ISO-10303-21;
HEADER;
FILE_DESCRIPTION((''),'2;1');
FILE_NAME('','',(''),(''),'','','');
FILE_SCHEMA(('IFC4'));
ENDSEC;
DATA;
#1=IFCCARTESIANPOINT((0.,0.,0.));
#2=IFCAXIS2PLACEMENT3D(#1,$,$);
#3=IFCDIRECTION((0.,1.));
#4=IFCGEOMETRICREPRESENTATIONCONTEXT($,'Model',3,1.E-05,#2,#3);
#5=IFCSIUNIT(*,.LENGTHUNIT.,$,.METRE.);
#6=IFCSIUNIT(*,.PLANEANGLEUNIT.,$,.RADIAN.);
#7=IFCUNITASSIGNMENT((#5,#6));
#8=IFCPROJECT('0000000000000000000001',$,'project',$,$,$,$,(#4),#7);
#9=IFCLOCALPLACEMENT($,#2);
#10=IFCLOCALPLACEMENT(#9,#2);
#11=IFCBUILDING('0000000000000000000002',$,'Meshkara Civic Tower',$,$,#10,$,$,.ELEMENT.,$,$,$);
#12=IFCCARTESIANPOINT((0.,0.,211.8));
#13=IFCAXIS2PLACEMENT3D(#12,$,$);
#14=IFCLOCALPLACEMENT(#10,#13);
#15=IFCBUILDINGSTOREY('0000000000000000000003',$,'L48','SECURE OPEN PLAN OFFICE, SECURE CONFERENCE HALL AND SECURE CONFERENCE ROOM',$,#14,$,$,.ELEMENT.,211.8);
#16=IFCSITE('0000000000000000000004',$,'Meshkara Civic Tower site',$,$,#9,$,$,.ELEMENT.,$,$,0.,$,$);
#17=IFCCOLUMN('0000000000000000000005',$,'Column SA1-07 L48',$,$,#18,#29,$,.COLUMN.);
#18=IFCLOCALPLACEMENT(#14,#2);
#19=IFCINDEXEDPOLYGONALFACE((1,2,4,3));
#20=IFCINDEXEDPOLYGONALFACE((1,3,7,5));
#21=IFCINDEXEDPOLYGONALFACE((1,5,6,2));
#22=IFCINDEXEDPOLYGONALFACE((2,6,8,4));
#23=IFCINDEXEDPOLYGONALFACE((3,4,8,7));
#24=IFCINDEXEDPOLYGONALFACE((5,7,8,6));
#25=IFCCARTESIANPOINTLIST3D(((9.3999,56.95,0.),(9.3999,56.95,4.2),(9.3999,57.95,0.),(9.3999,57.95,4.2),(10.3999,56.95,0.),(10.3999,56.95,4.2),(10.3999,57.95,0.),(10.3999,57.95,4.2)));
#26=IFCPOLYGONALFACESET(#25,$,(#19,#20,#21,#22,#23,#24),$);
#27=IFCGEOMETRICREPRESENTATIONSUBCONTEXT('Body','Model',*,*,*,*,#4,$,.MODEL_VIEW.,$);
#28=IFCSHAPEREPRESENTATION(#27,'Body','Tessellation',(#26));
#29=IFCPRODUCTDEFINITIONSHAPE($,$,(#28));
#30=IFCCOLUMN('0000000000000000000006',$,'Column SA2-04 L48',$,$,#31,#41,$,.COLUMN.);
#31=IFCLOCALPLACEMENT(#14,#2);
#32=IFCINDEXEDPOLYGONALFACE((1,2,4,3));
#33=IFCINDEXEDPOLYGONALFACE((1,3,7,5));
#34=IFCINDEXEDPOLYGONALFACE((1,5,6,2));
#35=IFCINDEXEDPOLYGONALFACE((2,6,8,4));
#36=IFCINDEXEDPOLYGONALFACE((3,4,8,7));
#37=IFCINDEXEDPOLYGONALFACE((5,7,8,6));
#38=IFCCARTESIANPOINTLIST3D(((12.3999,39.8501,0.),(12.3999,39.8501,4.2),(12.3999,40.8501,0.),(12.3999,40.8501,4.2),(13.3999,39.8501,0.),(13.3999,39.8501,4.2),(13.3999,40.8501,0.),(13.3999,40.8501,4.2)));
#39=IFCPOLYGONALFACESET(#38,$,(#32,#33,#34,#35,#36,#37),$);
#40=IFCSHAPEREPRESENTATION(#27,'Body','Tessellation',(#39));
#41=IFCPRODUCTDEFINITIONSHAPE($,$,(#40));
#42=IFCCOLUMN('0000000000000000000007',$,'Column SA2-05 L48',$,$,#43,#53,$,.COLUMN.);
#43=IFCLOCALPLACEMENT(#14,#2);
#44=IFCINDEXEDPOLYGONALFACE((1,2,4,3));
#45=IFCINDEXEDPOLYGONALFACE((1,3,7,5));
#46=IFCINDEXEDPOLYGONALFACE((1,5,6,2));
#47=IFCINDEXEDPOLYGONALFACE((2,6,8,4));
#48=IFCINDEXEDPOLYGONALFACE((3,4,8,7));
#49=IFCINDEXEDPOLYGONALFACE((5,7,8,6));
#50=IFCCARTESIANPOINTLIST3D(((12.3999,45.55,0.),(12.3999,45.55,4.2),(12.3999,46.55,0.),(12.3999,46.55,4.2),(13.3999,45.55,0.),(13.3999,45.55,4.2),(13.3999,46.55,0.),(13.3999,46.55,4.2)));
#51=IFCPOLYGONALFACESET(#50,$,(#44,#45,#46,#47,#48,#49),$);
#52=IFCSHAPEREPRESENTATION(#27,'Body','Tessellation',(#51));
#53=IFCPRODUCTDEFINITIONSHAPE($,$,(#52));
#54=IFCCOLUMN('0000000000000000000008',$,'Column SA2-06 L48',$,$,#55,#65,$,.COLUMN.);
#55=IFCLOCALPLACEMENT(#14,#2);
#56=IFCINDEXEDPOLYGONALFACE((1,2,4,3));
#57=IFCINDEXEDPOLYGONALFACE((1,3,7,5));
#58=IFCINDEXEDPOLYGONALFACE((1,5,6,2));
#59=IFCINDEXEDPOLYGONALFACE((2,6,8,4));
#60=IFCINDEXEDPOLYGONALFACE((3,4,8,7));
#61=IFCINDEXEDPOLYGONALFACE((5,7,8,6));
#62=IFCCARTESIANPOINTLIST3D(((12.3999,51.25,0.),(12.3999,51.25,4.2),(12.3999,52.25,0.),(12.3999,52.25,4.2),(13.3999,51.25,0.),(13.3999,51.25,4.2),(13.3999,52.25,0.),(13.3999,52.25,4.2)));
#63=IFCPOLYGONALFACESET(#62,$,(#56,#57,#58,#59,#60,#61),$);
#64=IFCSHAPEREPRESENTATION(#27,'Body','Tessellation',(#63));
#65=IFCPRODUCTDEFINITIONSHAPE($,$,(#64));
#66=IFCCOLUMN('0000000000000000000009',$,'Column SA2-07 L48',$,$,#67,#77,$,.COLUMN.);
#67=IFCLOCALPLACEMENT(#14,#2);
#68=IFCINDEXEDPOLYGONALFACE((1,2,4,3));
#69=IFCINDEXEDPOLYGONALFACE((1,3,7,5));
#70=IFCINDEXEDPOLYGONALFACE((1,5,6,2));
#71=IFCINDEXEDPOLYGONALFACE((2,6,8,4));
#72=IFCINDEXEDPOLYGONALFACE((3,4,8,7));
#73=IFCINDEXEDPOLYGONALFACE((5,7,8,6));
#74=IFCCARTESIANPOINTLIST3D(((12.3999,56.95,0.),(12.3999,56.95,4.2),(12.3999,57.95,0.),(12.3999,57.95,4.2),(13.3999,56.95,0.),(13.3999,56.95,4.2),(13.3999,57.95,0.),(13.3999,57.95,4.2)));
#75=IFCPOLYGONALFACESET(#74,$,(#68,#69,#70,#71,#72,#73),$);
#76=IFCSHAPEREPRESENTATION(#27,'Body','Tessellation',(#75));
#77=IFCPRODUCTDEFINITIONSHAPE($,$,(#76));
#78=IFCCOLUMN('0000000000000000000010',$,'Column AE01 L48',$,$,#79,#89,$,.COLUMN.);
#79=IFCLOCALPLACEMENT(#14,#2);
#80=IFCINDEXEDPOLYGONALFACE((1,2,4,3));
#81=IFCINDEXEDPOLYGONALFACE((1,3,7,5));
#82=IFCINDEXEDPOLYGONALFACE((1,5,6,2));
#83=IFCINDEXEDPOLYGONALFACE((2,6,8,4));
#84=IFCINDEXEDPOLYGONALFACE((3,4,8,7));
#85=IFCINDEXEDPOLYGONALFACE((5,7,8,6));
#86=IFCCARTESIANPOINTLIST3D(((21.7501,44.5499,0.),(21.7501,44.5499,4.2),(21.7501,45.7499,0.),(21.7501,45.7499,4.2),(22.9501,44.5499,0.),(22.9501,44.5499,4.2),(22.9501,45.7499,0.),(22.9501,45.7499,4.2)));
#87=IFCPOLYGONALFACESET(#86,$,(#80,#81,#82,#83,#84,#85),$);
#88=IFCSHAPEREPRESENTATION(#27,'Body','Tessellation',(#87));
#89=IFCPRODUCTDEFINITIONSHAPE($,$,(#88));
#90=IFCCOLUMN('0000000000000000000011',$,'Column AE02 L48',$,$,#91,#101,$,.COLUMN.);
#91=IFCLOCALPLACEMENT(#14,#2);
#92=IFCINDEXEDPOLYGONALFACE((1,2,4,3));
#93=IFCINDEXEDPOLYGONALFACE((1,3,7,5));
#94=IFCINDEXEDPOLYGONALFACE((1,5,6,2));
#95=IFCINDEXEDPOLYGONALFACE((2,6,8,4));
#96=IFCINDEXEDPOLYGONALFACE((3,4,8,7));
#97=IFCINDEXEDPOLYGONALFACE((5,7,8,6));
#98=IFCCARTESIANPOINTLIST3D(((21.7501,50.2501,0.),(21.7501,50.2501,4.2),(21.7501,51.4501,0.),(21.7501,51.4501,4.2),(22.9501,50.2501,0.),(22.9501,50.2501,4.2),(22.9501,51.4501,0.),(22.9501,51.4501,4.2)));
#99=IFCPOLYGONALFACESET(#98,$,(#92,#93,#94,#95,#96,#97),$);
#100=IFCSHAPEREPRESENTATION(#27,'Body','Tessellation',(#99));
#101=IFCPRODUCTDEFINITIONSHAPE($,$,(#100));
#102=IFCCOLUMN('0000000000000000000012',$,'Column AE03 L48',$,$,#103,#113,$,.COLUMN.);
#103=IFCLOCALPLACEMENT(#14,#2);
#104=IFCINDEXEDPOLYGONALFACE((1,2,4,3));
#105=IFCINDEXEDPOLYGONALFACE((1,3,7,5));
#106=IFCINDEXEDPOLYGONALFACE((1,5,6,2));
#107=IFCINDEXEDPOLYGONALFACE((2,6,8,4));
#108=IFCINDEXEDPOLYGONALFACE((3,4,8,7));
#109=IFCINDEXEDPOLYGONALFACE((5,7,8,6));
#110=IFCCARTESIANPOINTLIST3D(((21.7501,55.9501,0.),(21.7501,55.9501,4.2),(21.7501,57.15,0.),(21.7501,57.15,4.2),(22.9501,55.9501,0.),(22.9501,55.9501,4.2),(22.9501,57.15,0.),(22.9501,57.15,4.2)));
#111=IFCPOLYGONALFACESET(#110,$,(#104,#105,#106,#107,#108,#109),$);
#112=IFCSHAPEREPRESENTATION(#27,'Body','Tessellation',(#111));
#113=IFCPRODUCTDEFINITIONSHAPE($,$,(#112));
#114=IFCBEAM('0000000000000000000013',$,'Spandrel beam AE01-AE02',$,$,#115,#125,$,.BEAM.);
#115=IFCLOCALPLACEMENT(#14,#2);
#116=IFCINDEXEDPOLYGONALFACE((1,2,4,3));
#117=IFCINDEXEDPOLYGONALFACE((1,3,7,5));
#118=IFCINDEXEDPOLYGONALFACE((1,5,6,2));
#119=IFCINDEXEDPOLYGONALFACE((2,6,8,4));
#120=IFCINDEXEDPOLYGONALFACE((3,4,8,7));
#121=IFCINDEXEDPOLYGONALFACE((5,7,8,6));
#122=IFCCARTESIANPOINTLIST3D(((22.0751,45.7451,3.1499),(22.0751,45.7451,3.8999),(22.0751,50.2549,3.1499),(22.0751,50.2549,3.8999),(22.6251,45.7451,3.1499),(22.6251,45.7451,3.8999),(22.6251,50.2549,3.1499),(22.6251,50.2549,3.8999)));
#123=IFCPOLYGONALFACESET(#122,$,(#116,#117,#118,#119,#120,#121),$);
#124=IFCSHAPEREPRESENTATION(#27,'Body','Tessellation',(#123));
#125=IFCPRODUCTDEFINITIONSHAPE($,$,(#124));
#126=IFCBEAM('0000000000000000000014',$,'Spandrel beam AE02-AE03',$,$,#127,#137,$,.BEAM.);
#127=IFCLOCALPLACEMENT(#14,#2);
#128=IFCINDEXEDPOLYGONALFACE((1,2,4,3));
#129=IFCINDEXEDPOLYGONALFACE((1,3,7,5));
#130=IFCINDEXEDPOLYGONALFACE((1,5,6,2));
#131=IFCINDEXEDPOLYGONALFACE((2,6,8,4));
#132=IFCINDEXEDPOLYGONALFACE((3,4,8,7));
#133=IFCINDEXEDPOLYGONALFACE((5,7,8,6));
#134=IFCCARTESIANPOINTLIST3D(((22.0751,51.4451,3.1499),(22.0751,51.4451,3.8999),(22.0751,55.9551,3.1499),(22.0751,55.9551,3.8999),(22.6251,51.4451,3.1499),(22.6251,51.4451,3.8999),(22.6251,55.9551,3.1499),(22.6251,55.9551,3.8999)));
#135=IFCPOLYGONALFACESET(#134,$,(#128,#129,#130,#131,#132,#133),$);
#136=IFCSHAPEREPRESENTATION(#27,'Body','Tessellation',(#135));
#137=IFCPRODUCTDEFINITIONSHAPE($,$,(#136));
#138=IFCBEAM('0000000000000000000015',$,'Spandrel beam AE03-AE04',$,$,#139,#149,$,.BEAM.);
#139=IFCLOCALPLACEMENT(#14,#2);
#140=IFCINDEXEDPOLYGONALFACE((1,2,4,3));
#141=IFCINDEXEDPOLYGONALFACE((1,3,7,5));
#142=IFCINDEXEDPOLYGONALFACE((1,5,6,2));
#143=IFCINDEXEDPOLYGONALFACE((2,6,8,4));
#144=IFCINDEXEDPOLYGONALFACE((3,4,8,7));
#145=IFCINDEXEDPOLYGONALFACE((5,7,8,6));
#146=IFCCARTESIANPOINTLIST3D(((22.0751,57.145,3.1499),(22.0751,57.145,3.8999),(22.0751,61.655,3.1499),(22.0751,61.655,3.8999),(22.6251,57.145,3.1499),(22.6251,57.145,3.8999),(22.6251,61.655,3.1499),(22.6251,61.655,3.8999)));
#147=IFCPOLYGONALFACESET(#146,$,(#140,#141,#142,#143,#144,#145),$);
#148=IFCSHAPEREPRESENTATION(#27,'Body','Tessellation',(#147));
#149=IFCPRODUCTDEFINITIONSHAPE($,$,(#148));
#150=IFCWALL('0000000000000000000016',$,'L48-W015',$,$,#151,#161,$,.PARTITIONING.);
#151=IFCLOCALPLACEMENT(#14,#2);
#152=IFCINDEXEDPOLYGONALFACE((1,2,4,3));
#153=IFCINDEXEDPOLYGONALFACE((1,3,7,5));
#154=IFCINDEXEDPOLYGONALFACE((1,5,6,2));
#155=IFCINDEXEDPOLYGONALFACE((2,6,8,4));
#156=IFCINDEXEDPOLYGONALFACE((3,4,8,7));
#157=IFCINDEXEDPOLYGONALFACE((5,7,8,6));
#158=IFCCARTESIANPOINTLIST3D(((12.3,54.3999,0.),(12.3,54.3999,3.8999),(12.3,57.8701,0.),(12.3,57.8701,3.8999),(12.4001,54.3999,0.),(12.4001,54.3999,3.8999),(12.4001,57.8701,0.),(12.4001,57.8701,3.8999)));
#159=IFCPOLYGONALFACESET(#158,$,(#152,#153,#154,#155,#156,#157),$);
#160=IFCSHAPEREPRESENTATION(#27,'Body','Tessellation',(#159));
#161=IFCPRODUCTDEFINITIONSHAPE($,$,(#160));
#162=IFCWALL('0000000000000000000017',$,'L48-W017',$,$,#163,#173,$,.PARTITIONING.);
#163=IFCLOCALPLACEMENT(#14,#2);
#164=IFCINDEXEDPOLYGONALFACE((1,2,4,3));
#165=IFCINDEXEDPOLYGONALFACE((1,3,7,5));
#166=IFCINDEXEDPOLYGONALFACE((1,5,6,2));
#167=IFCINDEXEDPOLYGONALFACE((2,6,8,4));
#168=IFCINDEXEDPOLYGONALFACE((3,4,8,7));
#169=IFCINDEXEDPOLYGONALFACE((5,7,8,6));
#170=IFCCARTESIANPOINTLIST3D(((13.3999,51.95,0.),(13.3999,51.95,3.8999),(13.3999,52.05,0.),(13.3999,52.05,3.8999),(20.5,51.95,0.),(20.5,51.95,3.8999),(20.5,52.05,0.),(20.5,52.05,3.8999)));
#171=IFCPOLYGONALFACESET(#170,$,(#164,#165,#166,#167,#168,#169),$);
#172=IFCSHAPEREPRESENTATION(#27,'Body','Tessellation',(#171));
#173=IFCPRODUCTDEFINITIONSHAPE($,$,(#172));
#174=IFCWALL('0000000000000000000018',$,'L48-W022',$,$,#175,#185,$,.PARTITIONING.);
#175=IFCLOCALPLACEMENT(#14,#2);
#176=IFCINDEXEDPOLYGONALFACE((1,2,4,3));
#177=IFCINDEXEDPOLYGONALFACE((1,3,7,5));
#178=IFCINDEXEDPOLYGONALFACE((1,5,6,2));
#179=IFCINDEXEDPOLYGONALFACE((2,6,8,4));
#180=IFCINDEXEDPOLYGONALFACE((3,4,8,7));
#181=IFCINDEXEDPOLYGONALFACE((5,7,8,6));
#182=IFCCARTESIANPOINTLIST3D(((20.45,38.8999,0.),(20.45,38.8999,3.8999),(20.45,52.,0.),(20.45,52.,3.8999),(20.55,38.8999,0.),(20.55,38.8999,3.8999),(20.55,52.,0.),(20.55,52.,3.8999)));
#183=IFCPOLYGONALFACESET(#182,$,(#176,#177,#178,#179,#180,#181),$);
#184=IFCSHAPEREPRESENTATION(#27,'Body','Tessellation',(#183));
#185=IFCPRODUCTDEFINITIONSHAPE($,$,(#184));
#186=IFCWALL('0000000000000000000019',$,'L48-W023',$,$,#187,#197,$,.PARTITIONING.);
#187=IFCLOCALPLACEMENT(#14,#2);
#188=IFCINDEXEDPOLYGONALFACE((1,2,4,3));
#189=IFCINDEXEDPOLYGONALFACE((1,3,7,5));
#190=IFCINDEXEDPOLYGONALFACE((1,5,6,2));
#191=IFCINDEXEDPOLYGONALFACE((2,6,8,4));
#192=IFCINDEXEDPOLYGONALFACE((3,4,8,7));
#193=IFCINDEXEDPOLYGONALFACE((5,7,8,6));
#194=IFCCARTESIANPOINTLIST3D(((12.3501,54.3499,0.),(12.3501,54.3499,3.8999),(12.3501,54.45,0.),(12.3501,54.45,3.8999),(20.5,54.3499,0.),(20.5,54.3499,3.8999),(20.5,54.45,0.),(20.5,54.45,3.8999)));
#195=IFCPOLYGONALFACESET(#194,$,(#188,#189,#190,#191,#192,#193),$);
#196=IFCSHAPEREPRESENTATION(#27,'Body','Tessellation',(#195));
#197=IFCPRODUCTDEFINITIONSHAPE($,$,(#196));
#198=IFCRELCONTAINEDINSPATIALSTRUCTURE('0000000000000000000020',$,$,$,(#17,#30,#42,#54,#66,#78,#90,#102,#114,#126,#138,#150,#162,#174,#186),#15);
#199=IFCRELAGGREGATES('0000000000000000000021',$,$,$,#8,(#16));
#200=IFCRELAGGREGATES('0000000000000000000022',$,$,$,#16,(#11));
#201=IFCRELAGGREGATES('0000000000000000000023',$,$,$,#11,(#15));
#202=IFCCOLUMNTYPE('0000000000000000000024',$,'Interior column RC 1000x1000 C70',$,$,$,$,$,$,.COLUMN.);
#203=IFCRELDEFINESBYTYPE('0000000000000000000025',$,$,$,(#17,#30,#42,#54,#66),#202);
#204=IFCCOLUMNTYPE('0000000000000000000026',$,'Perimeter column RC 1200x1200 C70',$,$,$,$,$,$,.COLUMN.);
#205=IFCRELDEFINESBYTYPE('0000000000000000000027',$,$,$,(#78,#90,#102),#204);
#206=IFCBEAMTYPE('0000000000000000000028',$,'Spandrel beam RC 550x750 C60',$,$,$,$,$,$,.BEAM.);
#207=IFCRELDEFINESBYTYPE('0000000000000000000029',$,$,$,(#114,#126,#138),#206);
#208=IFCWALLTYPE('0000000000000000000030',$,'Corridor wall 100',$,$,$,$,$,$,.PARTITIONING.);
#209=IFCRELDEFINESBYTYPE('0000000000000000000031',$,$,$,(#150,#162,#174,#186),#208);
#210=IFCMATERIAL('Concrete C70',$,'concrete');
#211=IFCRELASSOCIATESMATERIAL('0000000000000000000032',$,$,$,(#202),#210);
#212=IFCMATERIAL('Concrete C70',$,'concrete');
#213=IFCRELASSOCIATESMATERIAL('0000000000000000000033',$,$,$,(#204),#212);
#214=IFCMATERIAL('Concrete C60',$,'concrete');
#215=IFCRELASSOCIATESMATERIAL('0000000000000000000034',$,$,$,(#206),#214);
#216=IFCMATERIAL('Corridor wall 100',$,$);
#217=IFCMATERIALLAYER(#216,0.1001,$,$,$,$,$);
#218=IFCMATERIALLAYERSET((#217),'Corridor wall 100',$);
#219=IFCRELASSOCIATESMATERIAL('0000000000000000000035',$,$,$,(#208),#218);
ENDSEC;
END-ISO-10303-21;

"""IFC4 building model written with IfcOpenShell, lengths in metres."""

from ifc_helpers import new_model, si_unit, direction, frame, frame_2d, origin, origin_2d, place, context, subcontext, project, spatial, rectangle, extrude, material, layer, layer_set, material_profile, profile_set, type_object, element, save


model = new_model("IFC4")

# Units and contexts
model_context = context("Model", 3, precision=1e-05, world=origin(), true_north=direction((0.0, 1.0)))
body_context = subcontext(model_context, "Body", "Model", "MODEL_VIEW")
ifc_project = project(units=[si_unit("LENGTHUNIT", "METRE"), si_unit("PLANEANGLEUNIT", "RADIAN")], contexts=[model_context])

# Site, building, storey
site_placement = place(None, origin())
site = spatial("IfcSite", under=ifc_project, at=site_placement, Name="Meshkara Civic Tower site", CompositionType="ELEMENT", RefElevation=0.0)
building_placement = place(site_placement, origin())
building = spatial("IfcBuilding", under=site, at=building_placement, Name="Meshkara Civic Tower", CompositionType="ELEMENT")
storey_placement = place(building_placement, frame((0.0, 0.0, 211.8)))
storey = spatial("IfcBuildingStorey", under=building, at=storey_placement, Name="L48", Description="SECURE OPEN PLAN OFFICE, SECURE CONFERENCE HALL AND SECURE CONFERENCE ROOM", CompositionType="ELEMENT", Elevation=211.8)

# Columns
ifc_material_1 = material(Name="Concrete C70", Category="concrete")
ifc_material_profile_1 = material_profile(ifc_material_1, rectangle(XDim=1.0, YDim=1.0, at=origin_2d()))
ifc_profile_set_1 = profile_set([ifc_material_profile_1], Name="Concrete C70")
column_type_1 = type_object("IfcColumnType", Name="Interior column RC 1000x1000 C70", PredefinedType="COLUMN", material=ifc_profile_set_1)
for number, where, z_axis, x_axis, name in (
    (1, (9.8999, 57.45, 0.0), (0.0, 0.0, 1.0), (1.0, 0.0, 0.0), "Column SA1-07 L48"),
    (2, (12.8999, 40.3501, 0.0), (0.0, 0.0, 1.0), (1.0, 0.0, 0.0), "Column SA2-04 L48"),
    (3, (12.8999, 46.05, 0.0), (0.0, 0.0, 1.0), (1.0, 0.0, 0.0), "Column SA2-05 L48"),
    (4, (12.8999, 51.75, 0.0), (0.0, 0.0, 1.0), (1.0, 0.0, 0.0), "Column SA2-06 L48"),
    (5, (12.8999, 57.45, 0.0), (0.0, 0.0, 1.0), (1.0, 0.0, 0.0), "Column SA2-07 L48"),
):
    element("IfcColumn", number, at=place(storey_placement, frame(where, z_axis=z_axis, x_axis=x_axis)), inside=storey, type_object=column_type_1, Name=name, PredefinedType="COLUMN", context=body_context, shape_type="SweptSolid", body=[
        extrude(rectangle(XDim=1.0, YDim=1.0, at=origin_2d()), origin(), (0.0, 0.0, 1.0), 4.2),
    ])
ifc_material_2 = material(Name="Concrete C70", Category="concrete")
ifc_material_profile_2 = material_profile(ifc_material_2, rectangle(XDim=1.2, YDim=1.2, at=origin_2d()))
ifc_profile_set_2 = profile_set([ifc_material_profile_2], Name="Concrete C70")
column_type_2 = type_object("IfcColumnType", Name="Perimeter column RC 1200x1200 C70", PredefinedType="COLUMN", material=ifc_profile_set_2)
for number, where, z_axis, x_axis, name in (
    (6, (22.3501, 45.1499, 0.0), (0.0, 0.0, 1.0), (1.0, 0.0, 0.0), "Column AE01 L48"),
    (7, (22.3501, 50.8501, 0.0), (0.0, 0.0, 1.0), (1.0, 0.0, 0.0), "Column AE02 L48"),
    (8, (22.3501, 56.55, 0.0), (0.0, 0.0, 1.0), (1.0, 0.0, 0.0), "Column AE03 L48"),
):
    element("IfcColumn", number, at=place(storey_placement, frame(where, z_axis=z_axis, x_axis=x_axis)), inside=storey, type_object=column_type_2, Name=name, PredefinedType="COLUMN", context=body_context, shape_type="SweptSolid", body=[
        extrude(rectangle(XDim=1.2, YDim=1.2, at=origin_2d()), origin(), (0.0, 0.0, 1.0), 4.2),
    ])

# Beams
ifc_material_3 = material(Name="Concrete C60", Category="concrete")
ifc_material_profile_3 = material_profile(ifc_material_3, rectangle(XDim=0.55, YDim=0.75, at=origin_2d()))
ifc_profile_set_3 = profile_set([ifc_material_profile_3], Name="Concrete C60")
beam_type = type_object("IfcBeamType", Name="Spandrel beam RC 550x750 C60", PredefinedType="BEAM", material=ifc_profile_set_3)
beam_placement = place(storey_placement, frame((22.3501, 45.7451, 3.5249), z_axis=(0.0, 1.0, 0.0), x_axis=(-1.0, 0.0, 0.0)))
element("IfcBeam", 9, at=beam_placement, inside=storey, type_object=beam_type, Name="Spandrel beam AE01-AE02", PredefinedType="BEAM", context=body_context, shape_type="SweptSolid", body=[
    extrude(rectangle(XDim=0.55, YDim=0.75, at=origin_2d()), origin(), (0.0, 0.0, 1.0), 4.5098),
])
for number, where, z_axis, x_axis, name in (
    (10, (22.3501, 51.4451, 3.5249), (0.0, 1.0, 0.0), (-1.0, 0.0, 0.0), "Spandrel beam AE02-AE03"),
    (11, (22.3501, 57.145, 3.5249), (0.0, 1.0, 0.0), (-1.0, 0.0, 0.0), "Spandrel beam AE03-AE04"),
):
    element("IfcBeam", number, at=place(storey_placement, frame(where, z_axis=z_axis, x_axis=x_axis)), inside=storey, type_object=beam_type, Name=name, PredefinedType="BEAM", context=body_context, shape_type="SweptSolid", body=[
        extrude(rectangle(XDim=0.55, YDim=0.75, at=origin_2d()), origin(), (0.0, 0.0, 1.0), 4.51),
    ])

# Walls
ifc_material_4 = material(Name="Corridor wall 100")
ifc_layer_1 = layer(ifc_material_4, 0.1001)
ifc_layer_set_1 = layer_set([ifc_layer_1], Name="Corridor wall 100")
wall_type_1 = type_object("IfcWallType", Name="Corridor wall 100", PredefinedType="PARTITIONING", material=ifc_layer_set_1)
wall_1_placement = place(storey_placement, frame((12.3501, 54.3999, 0.0), z_axis=(0.0, 0.0, 1.0), x_axis=(0.0, 1.0, 0.0)))
element("IfcWall", 12, at=wall_1_placement, inside=storey, type_object=wall_type_1, Name="L48-W015", PredefinedType="PARTITIONING", context=body_context, shape_type="SweptSolid", body=[
    extrude(rectangle(XDim=3.4702, YDim=0.1001, at=frame_2d((1.7351, 0.0))), origin(), (0.0, 0.0, 1.0), 3.8999),
])
wall_2_placement = place(storey_placement, frame((13.3999, 52.0, 0.0), z_axis=(0.0, 0.0, 1.0), x_axis=(1.0, 0.0, 0.0)))
element("IfcWall", 13, at=wall_2_placement, inside=storey, type_object=wall_type_1, Name="L48-W017", PredefinedType="PARTITIONING", context=body_context, shape_type="SweptSolid", body=[
    extrude(rectangle(XDim=7.1001, YDim=0.1001, at=frame_2d((3.55, 0.0))), origin(), (0.0, 0.0, 1.0), 3.8999),
])
wall_3_placement = place(storey_placement, frame((20.5, 52.0, 0.0), z_axis=(0.0, 0.0, 1.0), x_axis=(0.0, -1.0, 0.0)))
element("IfcWall", 14, at=wall_3_placement, inside=storey, type_object=wall_type_1, Name="L48-W022", PredefinedType="PARTITIONING", context=body_context, shape_type="SweptSolid", body=[
    extrude(rectangle(XDim=13.1001, YDim=0.1001, at=frame_2d((6.55, 0.0))), origin(), (0.0, 0.0, 1.0), 3.8999),
])
wall_4_placement = place(storey_placement, frame((20.5, 54.3999, 0.0), z_axis=(0.0, 0.0, 1.0), x_axis=(-1.0, 0.0, 0.0)))
element("IfcWall", 15, at=wall_4_placement, inside=storey, type_object=wall_type_1, Name="L48-W023", PredefinedType="PARTITIONING", context=body_context, shape_type="SweptSolid", body=[
    extrude(rectangle(XDim=8.1499, YDim=0.1001, at=frame_2d((4.075, 0.0))), origin(), (0.0, 0.0, 1.0), 3.8999),
])

save(model, "model.ifc")
